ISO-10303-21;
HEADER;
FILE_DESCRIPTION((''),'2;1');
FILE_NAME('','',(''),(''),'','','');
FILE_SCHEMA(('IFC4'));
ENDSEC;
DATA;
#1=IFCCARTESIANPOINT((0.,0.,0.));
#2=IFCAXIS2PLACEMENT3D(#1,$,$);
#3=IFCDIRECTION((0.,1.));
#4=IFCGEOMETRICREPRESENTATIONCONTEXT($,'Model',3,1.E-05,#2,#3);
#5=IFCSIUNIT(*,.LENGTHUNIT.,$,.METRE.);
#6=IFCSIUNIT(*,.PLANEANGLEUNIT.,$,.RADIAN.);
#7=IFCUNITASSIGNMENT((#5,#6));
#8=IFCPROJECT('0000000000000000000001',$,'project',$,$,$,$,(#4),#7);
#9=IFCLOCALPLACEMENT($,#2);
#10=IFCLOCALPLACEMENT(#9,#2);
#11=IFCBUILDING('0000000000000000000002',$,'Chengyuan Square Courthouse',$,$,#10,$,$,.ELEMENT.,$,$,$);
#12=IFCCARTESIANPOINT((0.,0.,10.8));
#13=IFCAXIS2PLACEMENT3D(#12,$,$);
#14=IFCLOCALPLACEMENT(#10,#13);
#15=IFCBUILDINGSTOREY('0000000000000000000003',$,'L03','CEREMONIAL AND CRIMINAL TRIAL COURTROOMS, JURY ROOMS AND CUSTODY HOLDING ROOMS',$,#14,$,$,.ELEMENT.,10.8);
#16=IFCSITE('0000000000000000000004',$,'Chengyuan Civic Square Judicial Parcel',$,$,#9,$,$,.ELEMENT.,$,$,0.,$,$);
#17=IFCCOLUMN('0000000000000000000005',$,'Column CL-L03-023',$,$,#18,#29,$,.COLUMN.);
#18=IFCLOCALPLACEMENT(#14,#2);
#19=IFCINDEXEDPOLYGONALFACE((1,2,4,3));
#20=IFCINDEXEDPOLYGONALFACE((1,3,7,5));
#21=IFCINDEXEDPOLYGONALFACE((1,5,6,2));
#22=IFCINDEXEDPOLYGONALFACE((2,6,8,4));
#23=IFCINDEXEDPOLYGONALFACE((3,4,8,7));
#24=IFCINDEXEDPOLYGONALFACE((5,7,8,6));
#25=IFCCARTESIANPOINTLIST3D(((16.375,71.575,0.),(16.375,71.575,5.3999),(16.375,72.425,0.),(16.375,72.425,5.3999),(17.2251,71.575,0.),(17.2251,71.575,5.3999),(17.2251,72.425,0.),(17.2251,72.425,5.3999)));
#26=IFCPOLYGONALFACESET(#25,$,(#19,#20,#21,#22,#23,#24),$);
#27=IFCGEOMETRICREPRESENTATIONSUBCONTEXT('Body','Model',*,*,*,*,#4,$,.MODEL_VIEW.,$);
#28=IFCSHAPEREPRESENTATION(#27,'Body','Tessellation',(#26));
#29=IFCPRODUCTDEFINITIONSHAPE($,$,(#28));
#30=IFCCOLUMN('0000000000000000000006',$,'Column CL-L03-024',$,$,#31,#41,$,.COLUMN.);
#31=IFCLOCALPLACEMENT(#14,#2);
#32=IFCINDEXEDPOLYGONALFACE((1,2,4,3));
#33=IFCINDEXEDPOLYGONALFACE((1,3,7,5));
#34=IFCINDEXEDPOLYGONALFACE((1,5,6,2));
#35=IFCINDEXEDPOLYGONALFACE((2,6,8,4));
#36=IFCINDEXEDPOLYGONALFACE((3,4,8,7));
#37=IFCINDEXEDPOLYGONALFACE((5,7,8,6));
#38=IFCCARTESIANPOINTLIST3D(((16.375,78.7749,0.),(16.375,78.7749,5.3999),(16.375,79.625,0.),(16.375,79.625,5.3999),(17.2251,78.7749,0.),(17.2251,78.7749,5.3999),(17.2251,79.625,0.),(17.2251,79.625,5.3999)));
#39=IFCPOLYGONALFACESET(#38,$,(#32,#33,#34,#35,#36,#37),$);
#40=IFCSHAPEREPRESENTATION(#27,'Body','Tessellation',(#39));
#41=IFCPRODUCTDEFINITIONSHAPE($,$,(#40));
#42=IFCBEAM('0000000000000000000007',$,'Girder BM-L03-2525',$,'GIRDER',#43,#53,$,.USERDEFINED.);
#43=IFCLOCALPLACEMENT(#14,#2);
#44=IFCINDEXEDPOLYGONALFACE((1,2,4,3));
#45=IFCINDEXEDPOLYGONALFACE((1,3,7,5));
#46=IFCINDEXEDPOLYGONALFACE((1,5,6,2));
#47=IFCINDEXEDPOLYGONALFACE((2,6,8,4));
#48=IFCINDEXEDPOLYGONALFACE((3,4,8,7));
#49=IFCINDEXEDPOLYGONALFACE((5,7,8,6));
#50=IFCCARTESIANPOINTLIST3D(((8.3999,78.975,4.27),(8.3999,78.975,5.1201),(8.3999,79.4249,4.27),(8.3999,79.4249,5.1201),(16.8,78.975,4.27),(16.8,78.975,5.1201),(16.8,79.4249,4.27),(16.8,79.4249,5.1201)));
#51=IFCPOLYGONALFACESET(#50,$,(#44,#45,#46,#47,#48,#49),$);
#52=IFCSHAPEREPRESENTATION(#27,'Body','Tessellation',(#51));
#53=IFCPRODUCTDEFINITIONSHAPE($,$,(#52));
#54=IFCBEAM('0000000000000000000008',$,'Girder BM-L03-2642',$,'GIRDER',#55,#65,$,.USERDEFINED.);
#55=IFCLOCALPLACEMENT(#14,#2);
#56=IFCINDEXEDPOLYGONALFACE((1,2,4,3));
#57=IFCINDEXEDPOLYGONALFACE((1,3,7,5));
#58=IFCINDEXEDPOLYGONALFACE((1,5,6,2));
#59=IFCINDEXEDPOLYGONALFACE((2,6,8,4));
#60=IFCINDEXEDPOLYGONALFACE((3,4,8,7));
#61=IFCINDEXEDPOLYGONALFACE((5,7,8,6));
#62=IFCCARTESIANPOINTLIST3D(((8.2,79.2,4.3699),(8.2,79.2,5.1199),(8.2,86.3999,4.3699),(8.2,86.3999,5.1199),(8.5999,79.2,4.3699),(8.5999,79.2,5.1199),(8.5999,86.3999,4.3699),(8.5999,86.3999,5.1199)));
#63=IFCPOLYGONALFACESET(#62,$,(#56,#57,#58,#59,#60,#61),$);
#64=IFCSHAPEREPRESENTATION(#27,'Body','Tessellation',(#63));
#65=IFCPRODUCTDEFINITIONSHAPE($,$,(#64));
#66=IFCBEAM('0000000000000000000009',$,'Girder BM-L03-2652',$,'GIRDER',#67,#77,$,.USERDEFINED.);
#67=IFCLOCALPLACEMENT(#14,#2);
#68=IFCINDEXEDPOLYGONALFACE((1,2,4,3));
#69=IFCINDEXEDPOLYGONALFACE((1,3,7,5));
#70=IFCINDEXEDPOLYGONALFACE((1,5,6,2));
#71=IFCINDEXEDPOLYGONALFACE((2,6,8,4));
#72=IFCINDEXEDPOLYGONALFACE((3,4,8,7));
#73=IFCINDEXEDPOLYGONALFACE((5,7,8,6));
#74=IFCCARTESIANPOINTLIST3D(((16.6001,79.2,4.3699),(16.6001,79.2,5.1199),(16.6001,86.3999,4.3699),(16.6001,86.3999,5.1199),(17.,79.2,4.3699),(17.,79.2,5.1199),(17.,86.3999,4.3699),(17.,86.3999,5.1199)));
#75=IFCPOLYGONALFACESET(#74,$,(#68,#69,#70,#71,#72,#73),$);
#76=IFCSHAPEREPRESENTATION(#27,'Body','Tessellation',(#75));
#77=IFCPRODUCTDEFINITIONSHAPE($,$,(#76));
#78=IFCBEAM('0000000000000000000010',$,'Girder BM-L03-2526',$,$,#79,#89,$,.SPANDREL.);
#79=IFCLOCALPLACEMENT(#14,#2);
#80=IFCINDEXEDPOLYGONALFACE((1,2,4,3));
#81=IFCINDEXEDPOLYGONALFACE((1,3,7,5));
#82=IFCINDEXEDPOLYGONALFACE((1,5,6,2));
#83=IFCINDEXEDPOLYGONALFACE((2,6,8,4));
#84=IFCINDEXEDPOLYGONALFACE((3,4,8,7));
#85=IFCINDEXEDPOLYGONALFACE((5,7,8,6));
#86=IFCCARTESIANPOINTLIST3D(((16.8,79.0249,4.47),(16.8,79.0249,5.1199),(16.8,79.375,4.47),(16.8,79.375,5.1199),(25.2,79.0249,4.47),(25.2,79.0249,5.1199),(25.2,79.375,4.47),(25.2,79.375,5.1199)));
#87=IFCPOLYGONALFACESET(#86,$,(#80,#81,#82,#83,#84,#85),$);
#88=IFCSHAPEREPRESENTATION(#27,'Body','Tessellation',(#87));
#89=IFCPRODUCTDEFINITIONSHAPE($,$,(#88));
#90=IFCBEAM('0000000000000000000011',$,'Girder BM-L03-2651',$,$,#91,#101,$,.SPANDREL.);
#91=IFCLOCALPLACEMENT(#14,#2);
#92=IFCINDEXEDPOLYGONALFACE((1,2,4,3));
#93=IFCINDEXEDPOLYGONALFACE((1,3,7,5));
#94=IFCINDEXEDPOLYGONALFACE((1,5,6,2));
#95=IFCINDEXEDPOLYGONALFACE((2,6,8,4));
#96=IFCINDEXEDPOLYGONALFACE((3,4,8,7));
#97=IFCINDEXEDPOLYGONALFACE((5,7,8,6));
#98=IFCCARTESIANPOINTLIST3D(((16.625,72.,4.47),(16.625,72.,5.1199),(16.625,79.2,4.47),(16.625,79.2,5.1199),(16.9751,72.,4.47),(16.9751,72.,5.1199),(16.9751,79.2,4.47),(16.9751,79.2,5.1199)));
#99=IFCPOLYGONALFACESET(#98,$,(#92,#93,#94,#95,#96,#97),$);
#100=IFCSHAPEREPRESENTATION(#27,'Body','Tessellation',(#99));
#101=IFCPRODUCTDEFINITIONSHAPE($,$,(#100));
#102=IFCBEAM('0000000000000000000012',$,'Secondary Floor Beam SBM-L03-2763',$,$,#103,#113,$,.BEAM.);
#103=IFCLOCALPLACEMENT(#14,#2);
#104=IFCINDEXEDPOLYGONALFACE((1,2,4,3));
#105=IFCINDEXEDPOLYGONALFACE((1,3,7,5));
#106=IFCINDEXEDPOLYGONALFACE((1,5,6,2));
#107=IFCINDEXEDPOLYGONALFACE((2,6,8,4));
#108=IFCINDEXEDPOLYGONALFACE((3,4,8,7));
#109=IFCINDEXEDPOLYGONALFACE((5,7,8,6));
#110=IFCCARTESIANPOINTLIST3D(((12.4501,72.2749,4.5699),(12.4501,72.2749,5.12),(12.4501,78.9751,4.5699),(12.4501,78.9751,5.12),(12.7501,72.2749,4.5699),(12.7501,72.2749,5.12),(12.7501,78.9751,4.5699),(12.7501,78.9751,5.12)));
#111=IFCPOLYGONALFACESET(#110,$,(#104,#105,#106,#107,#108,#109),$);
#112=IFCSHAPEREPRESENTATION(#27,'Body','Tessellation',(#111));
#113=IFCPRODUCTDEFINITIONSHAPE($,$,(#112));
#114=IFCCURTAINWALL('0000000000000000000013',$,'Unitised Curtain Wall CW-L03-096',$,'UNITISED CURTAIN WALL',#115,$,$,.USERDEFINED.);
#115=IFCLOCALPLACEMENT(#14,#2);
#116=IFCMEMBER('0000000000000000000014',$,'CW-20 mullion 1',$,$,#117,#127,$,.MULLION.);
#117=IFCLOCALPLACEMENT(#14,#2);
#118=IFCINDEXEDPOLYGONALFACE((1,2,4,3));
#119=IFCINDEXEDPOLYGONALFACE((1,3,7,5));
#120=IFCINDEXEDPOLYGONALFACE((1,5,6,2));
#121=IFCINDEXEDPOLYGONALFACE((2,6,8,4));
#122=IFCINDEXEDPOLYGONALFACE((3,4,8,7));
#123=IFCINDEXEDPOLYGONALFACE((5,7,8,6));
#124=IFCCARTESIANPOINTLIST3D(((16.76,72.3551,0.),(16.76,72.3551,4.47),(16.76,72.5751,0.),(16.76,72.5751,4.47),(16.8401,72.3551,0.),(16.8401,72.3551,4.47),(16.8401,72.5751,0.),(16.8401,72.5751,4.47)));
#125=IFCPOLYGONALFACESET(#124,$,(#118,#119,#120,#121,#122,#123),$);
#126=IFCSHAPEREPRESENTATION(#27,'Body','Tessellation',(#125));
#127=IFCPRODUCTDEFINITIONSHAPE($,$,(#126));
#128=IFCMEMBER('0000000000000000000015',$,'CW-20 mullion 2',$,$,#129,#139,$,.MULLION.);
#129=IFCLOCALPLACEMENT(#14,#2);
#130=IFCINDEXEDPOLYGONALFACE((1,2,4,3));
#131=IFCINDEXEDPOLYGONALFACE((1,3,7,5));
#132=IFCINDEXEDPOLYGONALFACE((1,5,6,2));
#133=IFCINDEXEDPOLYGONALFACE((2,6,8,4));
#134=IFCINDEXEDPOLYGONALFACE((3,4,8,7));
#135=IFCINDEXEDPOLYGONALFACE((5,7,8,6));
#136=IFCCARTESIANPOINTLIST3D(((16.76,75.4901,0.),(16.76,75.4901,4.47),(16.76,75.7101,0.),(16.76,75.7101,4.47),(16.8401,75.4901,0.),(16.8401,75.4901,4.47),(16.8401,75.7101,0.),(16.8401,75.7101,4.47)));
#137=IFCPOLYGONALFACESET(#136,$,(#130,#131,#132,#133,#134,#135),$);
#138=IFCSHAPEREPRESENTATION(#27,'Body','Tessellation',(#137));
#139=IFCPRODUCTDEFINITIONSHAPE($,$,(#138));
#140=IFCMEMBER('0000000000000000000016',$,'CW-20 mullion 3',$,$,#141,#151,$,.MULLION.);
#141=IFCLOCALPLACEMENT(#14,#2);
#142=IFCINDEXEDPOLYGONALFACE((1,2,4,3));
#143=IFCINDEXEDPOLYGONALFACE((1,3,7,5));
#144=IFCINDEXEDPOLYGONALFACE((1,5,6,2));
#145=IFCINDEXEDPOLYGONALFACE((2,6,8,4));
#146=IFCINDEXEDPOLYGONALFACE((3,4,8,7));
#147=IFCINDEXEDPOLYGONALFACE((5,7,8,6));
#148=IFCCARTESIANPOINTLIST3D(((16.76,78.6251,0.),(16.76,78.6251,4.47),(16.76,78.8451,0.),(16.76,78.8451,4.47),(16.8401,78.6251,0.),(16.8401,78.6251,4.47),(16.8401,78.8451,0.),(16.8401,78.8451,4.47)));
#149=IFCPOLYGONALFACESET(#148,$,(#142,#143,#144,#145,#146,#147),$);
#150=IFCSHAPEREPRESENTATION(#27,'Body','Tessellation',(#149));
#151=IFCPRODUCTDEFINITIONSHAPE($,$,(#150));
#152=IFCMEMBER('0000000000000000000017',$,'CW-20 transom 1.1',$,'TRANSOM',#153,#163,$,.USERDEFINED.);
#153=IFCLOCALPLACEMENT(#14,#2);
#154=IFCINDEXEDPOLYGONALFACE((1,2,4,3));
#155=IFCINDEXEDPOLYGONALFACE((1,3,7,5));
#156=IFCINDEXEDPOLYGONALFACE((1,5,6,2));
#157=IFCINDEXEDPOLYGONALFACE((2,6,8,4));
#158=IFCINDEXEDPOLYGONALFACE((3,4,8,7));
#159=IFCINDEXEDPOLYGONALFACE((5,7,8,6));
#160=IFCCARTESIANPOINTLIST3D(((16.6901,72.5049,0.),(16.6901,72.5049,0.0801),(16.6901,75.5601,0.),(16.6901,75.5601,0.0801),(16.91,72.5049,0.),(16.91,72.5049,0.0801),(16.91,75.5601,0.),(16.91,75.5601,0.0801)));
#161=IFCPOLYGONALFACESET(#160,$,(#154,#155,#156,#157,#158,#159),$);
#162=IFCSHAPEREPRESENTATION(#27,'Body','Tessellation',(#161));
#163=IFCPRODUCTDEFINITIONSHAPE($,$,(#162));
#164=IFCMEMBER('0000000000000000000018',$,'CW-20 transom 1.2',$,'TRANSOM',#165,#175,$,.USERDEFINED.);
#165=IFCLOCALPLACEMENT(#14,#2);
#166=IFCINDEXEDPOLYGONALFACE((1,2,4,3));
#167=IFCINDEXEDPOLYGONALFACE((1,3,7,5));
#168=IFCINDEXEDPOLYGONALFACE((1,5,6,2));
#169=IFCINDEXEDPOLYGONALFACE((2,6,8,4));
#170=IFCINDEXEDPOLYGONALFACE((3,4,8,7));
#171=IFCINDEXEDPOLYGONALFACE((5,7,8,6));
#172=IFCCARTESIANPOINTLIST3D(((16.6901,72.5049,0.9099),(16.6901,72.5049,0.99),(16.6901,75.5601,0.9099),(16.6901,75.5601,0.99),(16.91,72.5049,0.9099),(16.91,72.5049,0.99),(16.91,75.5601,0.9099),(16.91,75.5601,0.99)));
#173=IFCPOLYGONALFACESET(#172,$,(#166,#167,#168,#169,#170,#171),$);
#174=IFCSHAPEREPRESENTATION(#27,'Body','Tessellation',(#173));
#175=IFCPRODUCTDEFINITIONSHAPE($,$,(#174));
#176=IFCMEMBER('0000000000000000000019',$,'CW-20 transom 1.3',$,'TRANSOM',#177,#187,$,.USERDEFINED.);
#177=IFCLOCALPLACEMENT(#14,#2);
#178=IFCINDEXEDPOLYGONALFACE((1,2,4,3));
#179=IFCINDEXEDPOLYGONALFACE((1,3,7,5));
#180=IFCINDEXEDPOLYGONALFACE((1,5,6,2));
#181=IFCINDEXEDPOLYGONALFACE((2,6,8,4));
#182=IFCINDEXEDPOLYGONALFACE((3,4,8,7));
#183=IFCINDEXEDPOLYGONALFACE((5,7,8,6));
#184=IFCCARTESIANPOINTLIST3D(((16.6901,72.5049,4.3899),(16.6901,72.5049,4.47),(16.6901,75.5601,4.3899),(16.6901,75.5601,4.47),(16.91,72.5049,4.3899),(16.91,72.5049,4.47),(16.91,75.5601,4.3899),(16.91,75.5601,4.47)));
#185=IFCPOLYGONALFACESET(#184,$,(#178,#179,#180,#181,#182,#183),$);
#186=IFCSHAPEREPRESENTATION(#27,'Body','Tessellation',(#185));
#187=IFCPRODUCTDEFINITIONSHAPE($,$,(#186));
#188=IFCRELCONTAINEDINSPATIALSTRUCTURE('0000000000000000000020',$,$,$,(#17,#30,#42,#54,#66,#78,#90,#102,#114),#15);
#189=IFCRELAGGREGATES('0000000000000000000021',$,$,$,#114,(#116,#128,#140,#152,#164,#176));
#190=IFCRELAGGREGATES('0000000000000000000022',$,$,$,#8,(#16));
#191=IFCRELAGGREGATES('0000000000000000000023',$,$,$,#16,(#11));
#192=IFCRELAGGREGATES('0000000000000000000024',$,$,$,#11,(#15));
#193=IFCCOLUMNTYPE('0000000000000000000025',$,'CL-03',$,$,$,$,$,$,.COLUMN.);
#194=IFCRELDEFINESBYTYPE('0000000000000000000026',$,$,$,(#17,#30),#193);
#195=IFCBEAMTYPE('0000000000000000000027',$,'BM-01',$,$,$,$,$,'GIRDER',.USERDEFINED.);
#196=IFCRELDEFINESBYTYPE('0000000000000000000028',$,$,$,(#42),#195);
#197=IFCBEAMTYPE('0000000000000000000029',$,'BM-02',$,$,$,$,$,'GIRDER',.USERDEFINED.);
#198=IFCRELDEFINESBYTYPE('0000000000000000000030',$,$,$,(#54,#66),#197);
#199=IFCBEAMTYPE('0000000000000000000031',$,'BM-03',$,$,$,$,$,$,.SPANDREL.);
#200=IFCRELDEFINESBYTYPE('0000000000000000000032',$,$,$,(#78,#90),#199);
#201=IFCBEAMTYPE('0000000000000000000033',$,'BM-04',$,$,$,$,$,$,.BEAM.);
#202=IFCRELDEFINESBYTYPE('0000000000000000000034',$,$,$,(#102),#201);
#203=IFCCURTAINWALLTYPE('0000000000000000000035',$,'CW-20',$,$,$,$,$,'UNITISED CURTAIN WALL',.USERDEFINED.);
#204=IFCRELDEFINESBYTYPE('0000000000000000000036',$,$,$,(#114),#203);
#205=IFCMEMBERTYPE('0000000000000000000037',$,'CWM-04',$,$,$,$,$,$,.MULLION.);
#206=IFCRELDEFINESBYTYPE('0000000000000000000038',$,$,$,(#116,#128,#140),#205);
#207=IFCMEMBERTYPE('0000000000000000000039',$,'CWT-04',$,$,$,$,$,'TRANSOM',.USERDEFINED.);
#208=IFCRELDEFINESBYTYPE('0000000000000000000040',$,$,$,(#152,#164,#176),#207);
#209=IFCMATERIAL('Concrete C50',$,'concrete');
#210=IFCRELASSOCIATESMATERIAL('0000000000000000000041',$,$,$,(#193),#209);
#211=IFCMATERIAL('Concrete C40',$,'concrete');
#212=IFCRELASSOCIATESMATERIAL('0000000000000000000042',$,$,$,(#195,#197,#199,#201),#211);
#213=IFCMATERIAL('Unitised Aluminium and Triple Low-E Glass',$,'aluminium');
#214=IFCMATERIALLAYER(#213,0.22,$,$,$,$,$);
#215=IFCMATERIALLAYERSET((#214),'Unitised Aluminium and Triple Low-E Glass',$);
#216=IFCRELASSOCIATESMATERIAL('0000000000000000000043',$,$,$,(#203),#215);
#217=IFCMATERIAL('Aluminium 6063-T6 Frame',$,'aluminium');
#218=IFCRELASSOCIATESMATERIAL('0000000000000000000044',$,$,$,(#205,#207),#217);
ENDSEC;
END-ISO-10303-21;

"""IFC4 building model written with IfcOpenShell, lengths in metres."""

from ifc_helpers import new_model, si_unit, direction, frame, origin, origin_2d, place, context, subcontext, project, spatial, rectangle, extrude, material, layer, layer_set, material_profile, profile_set, type_object, element, aggregate, save


model = new_model("IFC4")

# Units and contexts
model_context = context("Model", 3, precision=1e-05, world=origin(), true_north=direction((0.0, 1.0)))
body_context = subcontext(model_context, "Body", "Model", "MODEL_VIEW")
ifc_project = project(units=[si_unit("LENGTHUNIT", "METRE"), si_unit("PLANEANGLEUNIT", "RADIAN")], contexts=[model_context])

# Site, building, storey
site_placement = place(None, origin())
site = spatial("IfcSite", under=ifc_project, at=site_placement, Name="Chengyuan Civic Square Judicial Parcel", CompositionType="ELEMENT", RefElevation=0.0)
building_placement = place(site_placement, origin())
building = spatial("IfcBuilding", under=site, at=building_placement, Name="Chengyuan Square Courthouse", CompositionType="ELEMENT")
storey_placement = place(building_placement, frame((0.0, 0.0, 10.8)))
storey = spatial("IfcBuildingStorey", under=building, at=storey_placement, Name="L03", Description="CEREMONIAL AND CRIMINAL TRIAL COURTROOMS, JURY ROOMS AND CUSTODY HOLDING ROOMS", CompositionType="ELEMENT", Elevation=10.8)

# Columns
ifc_material_1 = material(Name="Concrete C50", Category="concrete")
ifc_material_profile_1 = material_profile(ifc_material_1, rectangle(XDim=0.8501, YDim=0.8501, at=origin_2d()), Name="RC-COL-850x850")
ifc_profile_set_1 = profile_set([ifc_material_profile_1], Name="Concrete C50")
column_type = type_object("IfcColumnType", Name="CL-03", PredefinedType="COLUMN", material=ifc_profile_set_1)
for number, where, z_axis, x_axis, name in (
    (1, (16.8, 72.0, 0.0), (0.0, 0.0, 1.0), (1.0, 0.0, 0.0), "Column CL-L03-023"),
    (2, (16.8, 79.2, 0.0), (0.0, 0.0, 1.0), (1.0, 0.0, 0.0), "Column CL-L03-024"),
):
    element("IfcColumn", number, at=place(storey_placement, frame(where, z_axis=z_axis, x_axis=x_axis)), inside=storey, type_object=column_type, Name=name, PredefinedType="COLUMN", context=body_context, shape_type="SweptSolid", body=[
        extrude(rectangle(XDim=0.8501, YDim=0.8501, at=origin_2d()), origin(), (0.0, 0.0, 1.0), 5.3999),
    ])

# Beams
ifc_material_2 = material(Name="Concrete C40", Category="concrete")
ifc_material_profile_2 = material_profile(ifc_material_2, rectangle(XDim=0.45, YDim=0.8501, at=origin_2d()), Name="RC-BM-450x850")
ifc_profile_set_2 = profile_set([ifc_material_profile_2], Name="Concrete C40")
beam_type_1 = type_object("IfcBeamType", Name="BM-01", ElementType="GIRDER", PredefinedType="USERDEFINED", material=ifc_profile_set_2)
beam_1_placement = place(storey_placement, frame((8.3999, 79.2, 4.6951), z_axis=(1.0, 0.0, 0.0), x_axis=(0.0, 1.0, 0.0)))
element("IfcBeam", 3, at=beam_1_placement, inside=storey, type_object=beam_type_1, Name="Girder BM-L03-2525", ObjectType="GIRDER", PredefinedType="USERDEFINED", context=body_context, shape_type="SweptSolid", body=[
    extrude(rectangle(XDim=0.45, YDim=0.8501, at=origin_2d()), origin(), (0.0, 0.0, 1.0), 8.4001),
])
ifc_material_profile_3 = material_profile(ifc_material_2, rectangle(XDim=0.3999, YDim=0.75, at=origin_2d()), Name="RC-BM-400x750")
ifc_profile_set_3 = profile_set([ifc_material_profile_3], Name="Concrete C40")
beam_type_2 = type_object("IfcBeamType", Name="BM-02", ElementType="GIRDER", PredefinedType="USERDEFINED", material=ifc_profile_set_3)
for number, where, z_axis, x_axis, name in (
    (4, (8.3999, 79.2, 4.7449), (0.0, 1.0, 0.0), (-1.0, 0.0, 0.0), "Girder BM-L03-2642"),
    (5, (16.8, 79.2, 4.7449), (0.0, 1.0, 0.0), (-1.0, 0.0, 0.0), "Girder BM-L03-2652"),
):
    element("IfcBeam", number, at=place(storey_placement, frame(where, z_axis=z_axis, x_axis=x_axis)), inside=storey, type_object=beam_type_2, Name=name, ObjectType="GIRDER", PredefinedType="USERDEFINED", context=body_context, shape_type="SweptSolid", body=[
        extrude(rectangle(XDim=0.3999, YDim=0.75, at=origin_2d()), origin(), (0.0, 0.0, 1.0), 7.2),
    ])
ifc_material_profile_4 = material_profile(ifc_material_2, rectangle(XDim=0.3501, YDim=0.6499, at=origin_2d()), Name="RC-BM-350x650")
ifc_profile_set_4 = profile_set([ifc_material_profile_4], Name="Concrete C40")
beam_type_3 = type_object("IfcBeamType", Name="BM-03", PredefinedType="SPANDREL", material=ifc_profile_set_4)
beam_2_placement = place(storey_placement, frame((16.8, 79.2, 4.7949), z_axis=(1.0, 0.0, 0.0), x_axis=(0.0, 1.0, 0.0)))
element("IfcBeam", 6, at=beam_2_placement, inside=storey, type_object=beam_type_3, Name="Girder BM-L03-2526", PredefinedType="SPANDREL", context=body_context, shape_type="SweptSolid", body=[
    extrude(rectangle(XDim=0.3501, YDim=0.6499, at=origin_2d()), origin(), (0.0, 0.0, 1.0), 8.3999),
])
beam_3_placement = place(storey_placement, frame((16.8, 72.0, 4.7949), z_axis=(0.0, 1.0, 0.0), x_axis=(-1.0, 0.0, 0.0)))
element("IfcBeam", 7, at=beam_3_placement, inside=storey, type_object=beam_type_3, Name="Girder BM-L03-2651", PredefinedType="SPANDREL", context=body_context, shape_type="SweptSolid", body=[
    extrude(rectangle(XDim=0.3501, YDim=0.6499, at=origin_2d()), origin(), (0.0, 0.0, 1.0), 7.2),
])
ifc_material_profile_5 = material_profile(ifc_material_2, rectangle(XDim=0.3, YDim=0.55, at=origin_2d()), Name="RC-BM-300x550")
ifc_profile_set_5 = profile_set([ifc_material_profile_5], Name="Concrete C40")
beam_type_4 = type_object("IfcBeamType", Name="BM-04", PredefinedType="BEAM", material=ifc_profile_set_5)
beam_4_placement = place(storey_placement, frame((12.6001, 72.2749, 4.845), z_axis=(0.0, 1.0, 0.0), x_axis=(-1.0, 0.0, 0.0)))
element("IfcBeam", 8, at=beam_4_placement, inside=storey, type_object=beam_type_4, Name="Secondary Floor Beam SBM-L03-2763", PredefinedType="BEAM", context=body_context, shape_type="SweptSolid", body=[
    extrude(rectangle(XDim=0.3, YDim=0.55, at=origin_2d()), origin(), (0.0, 0.0, 1.0), 6.7002),
])

# Curtain wall, members
ifc_material_3 = material(Name="Unitised Aluminium and Triple Low-E Glass", Category="aluminium")
ifc_layer_1 = layer(ifc_material_3, 0.22)
ifc_layer_set_1 = layer_set([ifc_layer_1], Name="Unitised Aluminium and Triple Low-E Glass")
curtain_wall_type = type_object("IfcCurtainWallType", Name="CW-20", ElementType="UNITISED CURTAIN WALL", PredefinedType="USERDEFINED", material=ifc_layer_set_1)
curtain_wall_placement = place(storey_placement, origin())
curtain_wall = element("IfcCurtainWall", 9, at=curtain_wall_placement, inside=storey, type_object=curtain_wall_type, Name="Unitised Curtain Wall CW-L03-096", ObjectType="UNITISED CURTAIN WALL", PredefinedType="USERDEFINED")
ifc_material_4 = material(Name="Aluminium 6063-T6 Frame", Category="aluminium")
ifc_material_profile_6 = material_profile(ifc_material_4, rectangle(XDim=0.0801, YDim=0.22, at=origin_2d()), Name="CW-MUL-80x220")
ifc_profile_set_6 = profile_set([ifc_material_profile_6], Name="Aluminium 6063-T6 Frame")
member_type_1 = type_object("IfcMemberType", Name="CWM-04", PredefinedType="MULLION", material=ifc_profile_set_6)
member_1_placement = place(storey_placement, frame((16.8, 72.4651, 0.0), z_axis=(0.0, 0.0, 1.0), x_axis=(-1.0, 0.0, 0.0)))
member_1 = element("IfcMember", 10, at=member_1_placement, type_object=member_type_1, Name="CW-20 mullion 1", PredefinedType="MULLION", context=body_context, shape_type="SweptSolid", body=[
    extrude(rectangle(XDim=0.0801, YDim=0.22, at=origin_2d()), origin(), (0.0, 0.0, 1.0), 4.47),
])
member_2_placement = place(storey_placement, frame((16.8, 75.6001, 0.0), z_axis=(0.0, 0.0, 1.0), x_axis=(-1.0, 0.0, 0.0)))
member_2 = element("IfcMember", 11, at=member_2_placement, type_object=member_type_1, Name="CW-20 mullion 2", PredefinedType="MULLION", context=body_context, shape_type="SweptSolid", body=[
    extrude(rectangle(XDim=0.0801, YDim=0.22, at=origin_2d()), origin(), (0.0, 0.0, 1.0), 4.47),
])
member_3_placement = place(storey_placement, frame((16.8, 78.7351, 0.0), z_axis=(0.0, 0.0, 1.0), x_axis=(-1.0, 0.0, 0.0)))
member_3 = element("IfcMember", 12, at=member_3_placement, type_object=member_type_1, Name="CW-20 mullion 3", PredefinedType="MULLION", context=body_context, shape_type="SweptSolid", body=[
    extrude(rectangle(XDim=0.0801, YDim=0.22, at=origin_2d()), origin(), (0.0, 0.0, 1.0), 4.47),
])
ifc_material_profile_7 = material_profile(ifc_material_4, rectangle(XDim=0.22, YDim=0.0801, at=origin_2d()), Name="CW-TRN-80x180")
ifc_profile_set_7 = profile_set([ifc_material_profile_7], Name="Aluminium 6063-T6 Frame")
member_type_2 = type_object("IfcMemberType", Name="CWT-04", ElementType="TRANSOM", PredefinedType="USERDEFINED", material=ifc_profile_set_7)
member_4_placement = place(storey_placement, frame((16.8, 72.5049, 0.04), z_axis=(0.0, 1.0, 0.0), x_axis=(-1.0, 0.0, 0.0)))
member_4 = element("IfcMember", 13, at=member_4_placement, type_object=member_type_2, Name="CW-20 transom 1.1", ObjectType="TRANSOM", PredefinedType="USERDEFINED", context=body_context, shape_type="SweptSolid", body=[
    extrude(rectangle(XDim=0.22, YDim=0.0801, at=origin_2d()), origin(), (0.0, 0.0, 1.0), 3.0552),
])
member_5_placement = place(storey_placement, frame((16.8, 72.5049, 0.95), z_axis=(0.0, 1.0, 0.0), x_axis=(-1.0, 0.0, 0.0)))
member_5 = element("IfcMember", 14, at=member_5_placement, type_object=member_type_2, Name="CW-20 transom 1.2", ObjectType="TRANSOM", PredefinedType="USERDEFINED", context=body_context, shape_type="SweptSolid", body=[
    extrude(rectangle(XDim=0.22, YDim=0.0801, at=origin_2d()), origin(), (0.0, 0.0, 1.0), 3.0552),
])
member_6_placement = place(storey_placement, frame((16.8, 72.5049, 4.4299), z_axis=(0.0, 1.0, 0.0), x_axis=(-1.0, 0.0, 0.0)))
member_6 = element("IfcMember", 15, at=member_6_placement, type_object=member_type_2, Name="CW-20 transom 1.3", ObjectType="TRANSOM", PredefinedType="USERDEFINED", context=body_context, shape_type="SweptSolid", body=[
    extrude(rectangle(XDim=0.22, YDim=0.0801, at=origin_2d()), origin(), (0.0, 0.0, 1.0), 3.0552),
])
aggregate(curtain_wall, [member_1, member_2, member_3, member_4, member_5, member_6])

save(model, "model.ifc")
